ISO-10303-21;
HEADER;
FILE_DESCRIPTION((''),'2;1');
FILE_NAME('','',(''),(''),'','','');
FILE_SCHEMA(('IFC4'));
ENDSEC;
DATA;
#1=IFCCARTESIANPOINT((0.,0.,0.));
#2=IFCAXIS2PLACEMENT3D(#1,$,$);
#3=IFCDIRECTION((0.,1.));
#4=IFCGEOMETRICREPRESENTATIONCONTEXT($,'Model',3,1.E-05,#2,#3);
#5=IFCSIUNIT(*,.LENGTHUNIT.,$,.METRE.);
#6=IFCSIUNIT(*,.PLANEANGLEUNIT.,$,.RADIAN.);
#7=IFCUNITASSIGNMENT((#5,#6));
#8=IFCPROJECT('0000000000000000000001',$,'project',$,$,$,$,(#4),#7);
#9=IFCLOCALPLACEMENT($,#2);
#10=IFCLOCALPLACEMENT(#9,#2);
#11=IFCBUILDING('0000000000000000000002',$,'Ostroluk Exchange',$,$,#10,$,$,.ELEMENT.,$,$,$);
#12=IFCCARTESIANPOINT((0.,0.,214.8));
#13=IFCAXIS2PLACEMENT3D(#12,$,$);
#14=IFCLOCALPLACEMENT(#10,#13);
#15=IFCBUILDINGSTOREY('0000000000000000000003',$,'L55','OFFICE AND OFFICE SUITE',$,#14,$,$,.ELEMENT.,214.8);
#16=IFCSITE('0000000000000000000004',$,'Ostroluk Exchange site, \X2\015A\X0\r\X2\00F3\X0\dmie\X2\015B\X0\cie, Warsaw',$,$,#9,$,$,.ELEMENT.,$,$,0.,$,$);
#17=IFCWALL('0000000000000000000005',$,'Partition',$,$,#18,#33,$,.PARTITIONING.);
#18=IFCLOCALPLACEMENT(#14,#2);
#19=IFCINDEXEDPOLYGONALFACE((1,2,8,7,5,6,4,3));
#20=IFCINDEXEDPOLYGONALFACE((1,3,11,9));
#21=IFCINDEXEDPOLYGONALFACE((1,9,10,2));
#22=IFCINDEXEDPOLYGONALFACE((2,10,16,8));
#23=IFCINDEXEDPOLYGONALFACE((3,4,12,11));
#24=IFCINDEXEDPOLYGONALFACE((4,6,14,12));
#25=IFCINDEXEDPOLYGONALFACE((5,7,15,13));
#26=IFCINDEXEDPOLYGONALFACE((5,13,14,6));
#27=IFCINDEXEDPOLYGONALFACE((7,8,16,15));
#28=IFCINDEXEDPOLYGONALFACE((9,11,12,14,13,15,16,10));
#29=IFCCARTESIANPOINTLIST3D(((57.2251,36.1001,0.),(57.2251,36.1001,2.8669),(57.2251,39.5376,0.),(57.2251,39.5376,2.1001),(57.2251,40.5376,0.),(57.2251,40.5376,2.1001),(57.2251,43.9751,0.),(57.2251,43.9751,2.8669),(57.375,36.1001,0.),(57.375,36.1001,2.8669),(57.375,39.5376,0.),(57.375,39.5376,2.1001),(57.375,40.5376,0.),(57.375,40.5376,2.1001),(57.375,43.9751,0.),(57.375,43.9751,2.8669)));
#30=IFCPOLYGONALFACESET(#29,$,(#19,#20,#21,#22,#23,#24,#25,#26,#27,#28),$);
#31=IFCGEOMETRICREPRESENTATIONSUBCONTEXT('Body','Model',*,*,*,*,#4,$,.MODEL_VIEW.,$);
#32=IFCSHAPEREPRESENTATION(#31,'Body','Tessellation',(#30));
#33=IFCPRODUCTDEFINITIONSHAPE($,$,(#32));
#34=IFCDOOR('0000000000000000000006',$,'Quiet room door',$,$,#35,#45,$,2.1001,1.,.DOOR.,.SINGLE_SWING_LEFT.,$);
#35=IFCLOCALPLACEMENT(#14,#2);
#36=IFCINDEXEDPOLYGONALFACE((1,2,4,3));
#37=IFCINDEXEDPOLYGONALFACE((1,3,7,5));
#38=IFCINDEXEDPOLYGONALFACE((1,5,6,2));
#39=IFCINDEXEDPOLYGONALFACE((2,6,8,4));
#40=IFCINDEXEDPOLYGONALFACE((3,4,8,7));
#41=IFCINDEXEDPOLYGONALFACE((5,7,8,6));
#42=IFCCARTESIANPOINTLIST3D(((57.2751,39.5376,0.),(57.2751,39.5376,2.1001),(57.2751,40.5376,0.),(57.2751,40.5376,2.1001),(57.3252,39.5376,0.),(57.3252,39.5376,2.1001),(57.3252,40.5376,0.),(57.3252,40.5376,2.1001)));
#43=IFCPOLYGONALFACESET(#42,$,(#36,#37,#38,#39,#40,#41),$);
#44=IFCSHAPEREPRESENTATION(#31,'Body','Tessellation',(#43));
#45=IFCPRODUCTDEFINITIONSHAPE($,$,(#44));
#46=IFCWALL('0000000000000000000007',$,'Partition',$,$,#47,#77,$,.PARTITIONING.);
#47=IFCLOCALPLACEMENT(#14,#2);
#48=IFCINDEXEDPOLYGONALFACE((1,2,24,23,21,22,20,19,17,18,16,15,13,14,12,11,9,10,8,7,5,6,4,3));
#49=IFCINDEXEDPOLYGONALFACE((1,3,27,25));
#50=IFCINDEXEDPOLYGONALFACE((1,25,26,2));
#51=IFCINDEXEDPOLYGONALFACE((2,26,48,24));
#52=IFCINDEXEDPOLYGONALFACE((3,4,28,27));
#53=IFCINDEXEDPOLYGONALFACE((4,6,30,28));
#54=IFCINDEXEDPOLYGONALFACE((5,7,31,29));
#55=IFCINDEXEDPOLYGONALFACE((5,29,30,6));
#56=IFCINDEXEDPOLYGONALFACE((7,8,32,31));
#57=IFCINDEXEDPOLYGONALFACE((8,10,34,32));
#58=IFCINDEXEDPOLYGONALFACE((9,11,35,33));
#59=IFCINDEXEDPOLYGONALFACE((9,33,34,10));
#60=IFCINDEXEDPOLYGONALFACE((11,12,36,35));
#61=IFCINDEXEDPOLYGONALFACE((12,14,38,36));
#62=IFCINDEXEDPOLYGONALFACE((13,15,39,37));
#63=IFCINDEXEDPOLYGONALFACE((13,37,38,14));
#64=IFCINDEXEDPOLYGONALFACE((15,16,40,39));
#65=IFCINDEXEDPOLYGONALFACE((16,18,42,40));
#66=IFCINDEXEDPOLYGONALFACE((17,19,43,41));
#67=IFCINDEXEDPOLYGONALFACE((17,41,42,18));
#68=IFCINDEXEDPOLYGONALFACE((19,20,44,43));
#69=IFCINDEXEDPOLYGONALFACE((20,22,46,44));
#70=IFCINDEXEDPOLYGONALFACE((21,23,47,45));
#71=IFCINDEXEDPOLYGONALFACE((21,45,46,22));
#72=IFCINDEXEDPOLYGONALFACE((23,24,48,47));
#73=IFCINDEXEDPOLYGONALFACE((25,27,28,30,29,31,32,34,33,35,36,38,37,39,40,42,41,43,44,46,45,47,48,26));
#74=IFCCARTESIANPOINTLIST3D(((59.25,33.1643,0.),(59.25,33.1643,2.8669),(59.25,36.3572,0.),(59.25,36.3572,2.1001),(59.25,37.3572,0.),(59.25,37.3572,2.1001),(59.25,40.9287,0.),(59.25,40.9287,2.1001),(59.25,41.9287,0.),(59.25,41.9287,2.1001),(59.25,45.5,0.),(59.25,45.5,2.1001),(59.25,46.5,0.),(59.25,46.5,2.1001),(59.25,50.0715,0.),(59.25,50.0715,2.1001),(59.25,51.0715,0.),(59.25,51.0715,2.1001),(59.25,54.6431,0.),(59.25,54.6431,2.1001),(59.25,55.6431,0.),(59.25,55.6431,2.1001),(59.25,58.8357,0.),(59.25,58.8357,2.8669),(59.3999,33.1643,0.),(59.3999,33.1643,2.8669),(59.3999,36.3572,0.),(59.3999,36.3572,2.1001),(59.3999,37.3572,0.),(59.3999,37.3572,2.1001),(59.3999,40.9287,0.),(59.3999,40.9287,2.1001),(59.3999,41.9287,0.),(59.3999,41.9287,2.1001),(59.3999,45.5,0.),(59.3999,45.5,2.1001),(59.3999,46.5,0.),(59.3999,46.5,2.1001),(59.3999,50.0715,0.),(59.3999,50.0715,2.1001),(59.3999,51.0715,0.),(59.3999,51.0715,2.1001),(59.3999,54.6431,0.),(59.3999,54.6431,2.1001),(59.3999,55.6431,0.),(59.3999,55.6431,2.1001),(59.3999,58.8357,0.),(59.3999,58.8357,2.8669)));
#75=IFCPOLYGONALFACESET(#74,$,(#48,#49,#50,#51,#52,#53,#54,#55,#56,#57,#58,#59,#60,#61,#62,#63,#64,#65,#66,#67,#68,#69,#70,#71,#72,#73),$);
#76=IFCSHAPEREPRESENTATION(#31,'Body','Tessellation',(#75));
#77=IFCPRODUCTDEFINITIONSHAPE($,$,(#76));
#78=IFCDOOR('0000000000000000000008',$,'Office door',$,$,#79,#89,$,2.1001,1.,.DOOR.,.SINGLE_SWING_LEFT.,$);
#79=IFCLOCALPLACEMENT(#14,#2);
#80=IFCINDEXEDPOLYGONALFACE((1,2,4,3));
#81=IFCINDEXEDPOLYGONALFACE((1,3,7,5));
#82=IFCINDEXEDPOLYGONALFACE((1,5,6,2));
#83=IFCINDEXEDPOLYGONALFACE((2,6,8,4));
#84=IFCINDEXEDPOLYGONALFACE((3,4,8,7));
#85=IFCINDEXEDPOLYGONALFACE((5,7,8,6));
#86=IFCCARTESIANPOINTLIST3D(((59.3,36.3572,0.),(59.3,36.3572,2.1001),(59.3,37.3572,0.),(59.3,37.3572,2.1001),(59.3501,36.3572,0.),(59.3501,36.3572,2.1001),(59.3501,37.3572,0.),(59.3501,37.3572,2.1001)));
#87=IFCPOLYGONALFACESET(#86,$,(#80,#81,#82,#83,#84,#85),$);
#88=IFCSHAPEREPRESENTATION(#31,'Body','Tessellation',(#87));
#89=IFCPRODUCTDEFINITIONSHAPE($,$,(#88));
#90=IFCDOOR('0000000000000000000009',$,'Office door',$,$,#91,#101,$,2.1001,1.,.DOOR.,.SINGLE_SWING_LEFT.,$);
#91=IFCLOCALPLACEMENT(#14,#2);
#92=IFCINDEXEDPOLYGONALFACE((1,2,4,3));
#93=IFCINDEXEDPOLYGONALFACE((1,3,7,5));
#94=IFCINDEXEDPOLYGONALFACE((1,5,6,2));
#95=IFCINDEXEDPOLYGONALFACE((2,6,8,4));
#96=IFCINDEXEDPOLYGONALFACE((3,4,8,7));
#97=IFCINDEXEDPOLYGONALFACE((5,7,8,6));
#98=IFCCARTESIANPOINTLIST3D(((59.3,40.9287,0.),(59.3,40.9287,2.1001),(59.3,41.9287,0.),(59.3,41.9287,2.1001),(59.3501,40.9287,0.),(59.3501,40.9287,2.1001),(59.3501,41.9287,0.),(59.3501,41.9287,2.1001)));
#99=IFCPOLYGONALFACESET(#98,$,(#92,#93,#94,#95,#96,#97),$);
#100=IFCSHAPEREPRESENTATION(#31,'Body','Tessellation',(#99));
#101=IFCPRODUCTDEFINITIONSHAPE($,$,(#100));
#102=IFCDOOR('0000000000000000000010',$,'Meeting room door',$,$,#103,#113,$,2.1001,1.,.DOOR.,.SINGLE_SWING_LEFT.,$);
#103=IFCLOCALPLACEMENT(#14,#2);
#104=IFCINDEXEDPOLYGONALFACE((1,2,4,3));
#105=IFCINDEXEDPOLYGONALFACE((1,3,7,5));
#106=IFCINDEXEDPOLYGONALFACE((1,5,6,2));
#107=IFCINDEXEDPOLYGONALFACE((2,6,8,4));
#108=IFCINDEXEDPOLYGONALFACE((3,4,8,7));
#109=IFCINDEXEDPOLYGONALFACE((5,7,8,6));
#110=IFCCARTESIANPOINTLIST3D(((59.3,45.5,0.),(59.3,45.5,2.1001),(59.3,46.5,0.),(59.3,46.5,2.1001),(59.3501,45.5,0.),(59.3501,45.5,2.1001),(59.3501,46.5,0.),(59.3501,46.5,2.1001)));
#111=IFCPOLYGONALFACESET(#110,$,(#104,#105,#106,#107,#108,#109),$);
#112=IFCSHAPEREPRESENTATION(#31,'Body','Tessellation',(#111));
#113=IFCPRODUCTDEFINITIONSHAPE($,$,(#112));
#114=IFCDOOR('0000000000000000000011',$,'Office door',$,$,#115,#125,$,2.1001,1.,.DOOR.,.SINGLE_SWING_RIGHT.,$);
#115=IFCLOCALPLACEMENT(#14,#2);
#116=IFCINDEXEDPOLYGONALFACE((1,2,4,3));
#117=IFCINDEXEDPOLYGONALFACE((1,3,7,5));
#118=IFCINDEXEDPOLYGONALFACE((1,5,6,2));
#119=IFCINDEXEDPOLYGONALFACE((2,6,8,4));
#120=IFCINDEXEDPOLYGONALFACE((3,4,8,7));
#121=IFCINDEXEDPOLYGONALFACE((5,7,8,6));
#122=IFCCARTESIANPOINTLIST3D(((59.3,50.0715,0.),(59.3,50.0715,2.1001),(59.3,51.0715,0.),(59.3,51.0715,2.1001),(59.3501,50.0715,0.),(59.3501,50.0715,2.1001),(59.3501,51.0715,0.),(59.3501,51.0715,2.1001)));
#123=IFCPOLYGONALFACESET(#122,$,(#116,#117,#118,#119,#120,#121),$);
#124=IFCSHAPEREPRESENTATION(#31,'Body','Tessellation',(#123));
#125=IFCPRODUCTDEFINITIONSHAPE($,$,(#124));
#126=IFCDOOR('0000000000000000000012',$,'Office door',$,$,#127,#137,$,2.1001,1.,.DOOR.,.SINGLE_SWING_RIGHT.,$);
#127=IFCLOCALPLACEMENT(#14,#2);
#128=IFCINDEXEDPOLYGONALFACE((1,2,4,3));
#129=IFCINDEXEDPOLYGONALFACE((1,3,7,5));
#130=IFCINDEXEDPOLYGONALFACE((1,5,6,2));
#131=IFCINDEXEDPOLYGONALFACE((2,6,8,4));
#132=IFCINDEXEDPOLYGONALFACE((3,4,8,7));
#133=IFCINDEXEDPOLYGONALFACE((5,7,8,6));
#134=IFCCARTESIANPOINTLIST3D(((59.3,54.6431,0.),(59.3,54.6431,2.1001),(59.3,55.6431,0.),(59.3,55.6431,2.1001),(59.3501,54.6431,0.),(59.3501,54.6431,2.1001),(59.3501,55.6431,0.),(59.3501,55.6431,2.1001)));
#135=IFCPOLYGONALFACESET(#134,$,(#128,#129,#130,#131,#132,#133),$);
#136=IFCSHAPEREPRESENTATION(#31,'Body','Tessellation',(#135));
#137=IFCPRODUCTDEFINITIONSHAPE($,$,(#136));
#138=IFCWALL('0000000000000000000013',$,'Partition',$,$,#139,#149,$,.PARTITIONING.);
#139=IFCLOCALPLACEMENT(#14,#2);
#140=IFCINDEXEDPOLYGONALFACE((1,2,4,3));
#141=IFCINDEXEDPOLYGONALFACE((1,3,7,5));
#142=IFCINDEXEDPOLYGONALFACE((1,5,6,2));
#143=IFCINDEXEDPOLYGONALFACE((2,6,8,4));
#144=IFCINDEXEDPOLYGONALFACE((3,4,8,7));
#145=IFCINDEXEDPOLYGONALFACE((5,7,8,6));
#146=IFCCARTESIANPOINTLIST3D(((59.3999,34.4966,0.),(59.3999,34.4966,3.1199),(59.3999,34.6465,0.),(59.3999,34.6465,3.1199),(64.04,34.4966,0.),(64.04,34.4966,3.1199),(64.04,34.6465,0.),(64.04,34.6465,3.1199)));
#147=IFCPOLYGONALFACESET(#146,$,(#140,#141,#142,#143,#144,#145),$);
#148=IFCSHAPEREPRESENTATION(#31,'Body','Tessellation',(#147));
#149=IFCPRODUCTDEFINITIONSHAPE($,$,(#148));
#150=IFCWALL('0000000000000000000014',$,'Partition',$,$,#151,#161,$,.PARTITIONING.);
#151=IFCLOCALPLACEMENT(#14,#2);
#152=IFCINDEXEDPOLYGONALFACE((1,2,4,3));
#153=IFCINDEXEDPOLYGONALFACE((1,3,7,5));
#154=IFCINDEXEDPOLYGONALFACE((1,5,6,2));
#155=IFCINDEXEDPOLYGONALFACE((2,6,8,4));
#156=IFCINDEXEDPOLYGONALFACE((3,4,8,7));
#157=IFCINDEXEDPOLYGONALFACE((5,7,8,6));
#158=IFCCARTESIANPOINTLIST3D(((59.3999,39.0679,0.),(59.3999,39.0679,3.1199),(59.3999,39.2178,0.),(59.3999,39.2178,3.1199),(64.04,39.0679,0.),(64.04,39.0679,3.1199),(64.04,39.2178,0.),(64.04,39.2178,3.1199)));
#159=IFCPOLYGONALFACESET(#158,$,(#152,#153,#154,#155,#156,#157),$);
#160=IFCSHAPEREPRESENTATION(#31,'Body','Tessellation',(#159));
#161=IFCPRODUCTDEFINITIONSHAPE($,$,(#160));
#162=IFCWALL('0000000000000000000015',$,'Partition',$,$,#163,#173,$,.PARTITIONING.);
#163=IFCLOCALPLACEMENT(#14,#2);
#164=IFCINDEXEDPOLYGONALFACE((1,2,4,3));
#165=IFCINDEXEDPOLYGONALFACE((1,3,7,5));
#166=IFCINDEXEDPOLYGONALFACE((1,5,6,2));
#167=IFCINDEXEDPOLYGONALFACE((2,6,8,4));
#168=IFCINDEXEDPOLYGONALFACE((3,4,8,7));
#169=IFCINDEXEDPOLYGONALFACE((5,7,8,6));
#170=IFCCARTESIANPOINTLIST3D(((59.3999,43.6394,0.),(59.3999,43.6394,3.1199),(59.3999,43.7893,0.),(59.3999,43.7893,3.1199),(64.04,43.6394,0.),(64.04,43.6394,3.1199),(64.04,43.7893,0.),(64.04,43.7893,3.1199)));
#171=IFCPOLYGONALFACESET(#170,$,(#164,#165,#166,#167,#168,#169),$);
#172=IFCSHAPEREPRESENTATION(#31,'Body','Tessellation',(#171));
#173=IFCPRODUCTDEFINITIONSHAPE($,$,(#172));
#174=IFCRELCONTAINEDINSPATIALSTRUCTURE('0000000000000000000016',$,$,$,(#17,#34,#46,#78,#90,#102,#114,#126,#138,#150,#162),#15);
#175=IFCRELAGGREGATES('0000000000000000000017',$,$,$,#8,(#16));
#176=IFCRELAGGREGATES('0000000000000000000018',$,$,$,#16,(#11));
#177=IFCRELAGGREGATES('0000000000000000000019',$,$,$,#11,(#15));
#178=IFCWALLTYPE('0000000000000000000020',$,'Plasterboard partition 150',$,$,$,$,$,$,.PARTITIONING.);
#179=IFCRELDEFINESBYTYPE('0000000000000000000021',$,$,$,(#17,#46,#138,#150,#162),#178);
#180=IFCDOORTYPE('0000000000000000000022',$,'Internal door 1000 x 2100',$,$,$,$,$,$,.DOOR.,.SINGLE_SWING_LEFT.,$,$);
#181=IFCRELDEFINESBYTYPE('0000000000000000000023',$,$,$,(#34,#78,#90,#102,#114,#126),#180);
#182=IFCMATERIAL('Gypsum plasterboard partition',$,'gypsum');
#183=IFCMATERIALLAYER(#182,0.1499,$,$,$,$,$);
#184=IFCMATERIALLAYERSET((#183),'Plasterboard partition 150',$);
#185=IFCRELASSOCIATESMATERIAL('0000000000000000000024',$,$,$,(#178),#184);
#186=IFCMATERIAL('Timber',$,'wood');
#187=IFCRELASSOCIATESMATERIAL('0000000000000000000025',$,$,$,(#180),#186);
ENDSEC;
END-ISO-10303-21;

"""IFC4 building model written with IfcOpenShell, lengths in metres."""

from ifc_helpers import new_model, si_unit, direction, frame, frame_2d, origin, place, context, subcontext, project, spatial, rectangle, extrude, material, layer, layer_set, type_object, element, fill, save


model = new_model("IFC4")

# Units and contexts
model_context = context("Model", 3, precision=1e-05, world=origin(), true_north=direction((0.0, 1.0)))
body_context = subcontext(model_context, "Body", "Model", "MODEL_VIEW")
ifc_project = project(units=[si_unit("LENGTHUNIT", "METRE"), si_unit("PLANEANGLEUNIT", "RADIAN")], contexts=[model_context])

# Site, building, storey
site_placement = place(None, origin())
site = spatial("IfcSite", under=ifc_project, at=site_placement, Name="Ostroluk Exchange site, Śródmieście, Warsaw", CompositionType="ELEMENT", RefElevation=0.0)
building_placement = place(site_placement, origin())
building = spatial("IfcBuilding", under=site, at=building_placement, Name="Ostroluk Exchange", CompositionType="ELEMENT")
storey_placement = place(building_placement, frame((0.0, 0.0, 214.8)))
storey = spatial("IfcBuildingStorey", under=building, at=storey_placement, Name="L55", Description="OFFICE AND OFFICE SUITE", CompositionType="ELEMENT", Elevation=214.8)

# Wall, opening, door
ifc_material_1 = material(Name="Gypsum plasterboard partition", Category="gypsum")
ifc_layer_1 = layer(ifc_material_1, 0.1499)
ifc_layer_set_1 = layer_set([ifc_layer_1], Name="Plasterboard partition 150")
wall_type = type_object("IfcWallType", Name="Plasterboard partition 150", PredefinedType="PARTITIONING", material=ifc_layer_set_1)
wall_1_placement = place(storey_placement, frame((57.3, 36.1001, 0.0), z_axis=(0.0, 0.0, 1.0), x_axis=(0.0, 1.0, 0.0)))
wall_1 = element("IfcWall", 1, at=wall_1_placement, inside=storey, type_object=wall_type, Name="Partition", PredefinedType="PARTITIONING", context=body_context, shape_type="SweptSolid", body=[
    extrude(rectangle(XDim=7.875, YDim=0.1499, at=frame_2d((3.9375, 0.0))), origin(), (0.0, 0.0, 1.0), 2.8669),
])
opening_1_placement = place(wall_1_placement, frame((3.4375, 0.0, 0.0)))
opening_1 = element("IfcOpeningElement", 2, at=opening_1_placement, cuts=wall_1, PredefinedType="OPENING", context=body_context, shape_type="SweptSolid", body=[
    extrude(rectangle(XDim=1.0, YDim=2.1001, at=frame_2d((0.5, 1.05))), frame((0.0, 0.085, 0.0), z_axis=(0.0, -1.0, 0.0), x_axis=(1.0, 0.0, 0.0)), (0.0, 0.0, 1.0), 0.1699),
])
ifc_material_2 = material(Name="Timber", Category="wood")
door_type = type_object("IfcDoorType", Name="Internal door 1000 x 2100", OperationType="SINGLE_SWING_LEFT", PredefinedType="DOOR", material=ifc_material_2)
door_1_placement = place(opening_1_placement, origin())
door_1 = element("IfcDoor", 3, at=door_1_placement, inside=storey, type_object=door_type, Name="Quiet room door", OperationType="SINGLE_SWING_LEFT", OverallHeight=2.1001, OverallWidth=1.0, PredefinedType="DOOR", context=body_context, shape_type="SweptSolid", body=[
    extrude(rectangle(XDim=1.0, YDim=2.1001, at=frame_2d((0.5, 1.05))), frame((0.0, 0.0249, 0.0), z_axis=(0.0, -1.0, 0.0), x_axis=(1.0, 0.0, 0.0)), (0.0, 0.0, 1.0), 0.05),
])
fill(opening_1, door_1)

# Wall, openings, doors
wall_2_placement = place(storey_placement, frame((59.325, 33.1643, 0.0), z_axis=(0.0, 0.0, 1.0), x_axis=(0.0, 1.0, 0.0)))
wall_2 = element("IfcWall", 4, at=wall_2_placement, inside=storey, type_object=wall_type, Name="Partition", PredefinedType="PARTITIONING", context=body_context, shape_type="SweptSolid", body=[
    extrude(rectangle(XDim=25.6714, YDim=0.1499, at=frame_2d((12.8357, 0.0))), origin(), (0.0, 0.0, 1.0), 2.8669),
])
opening_2_placement = place(wall_2_placement, frame((3.1929, 0.0, 0.0)))
opening_2 = element("IfcOpeningElement", 5, at=opening_2_placement, cuts=wall_2, PredefinedType="OPENING", context=body_context, shape_type="SweptSolid", body=[
    extrude(rectangle(XDim=1.0, YDim=2.1001, at=frame_2d((0.5, 1.05))), frame((0.0, 0.085, 0.0), z_axis=(0.0, -1.0, 0.0), x_axis=(1.0, 0.0, 0.0)), (0.0, 0.0, 1.0), 0.1699),
])
opening_3_placement = place(wall_2_placement, frame((7.7644, 0.0, 0.0)))
opening_3 = element("IfcOpeningElement", 6, at=opening_3_placement, cuts=wall_2, PredefinedType="OPENING", context=body_context, shape_type="SweptSolid", body=[
    extrude(rectangle(XDim=1.0, YDim=2.1001, at=frame_2d((0.5, 1.05))), frame((0.0, 0.085, 0.0), z_axis=(0.0, -1.0, 0.0), x_axis=(1.0, 0.0, 0.0)), (0.0, 0.0, 1.0), 0.1699),
])
opening_4_placement = place(wall_2_placement, frame((12.3357, 0.0, 0.0)))
opening_4 = element("IfcOpeningElement", 7, at=opening_4_placement, cuts=wall_2, PredefinedType="OPENING", context=body_context, shape_type="SweptSolid", body=[
    extrude(rectangle(XDim=1.0, YDim=2.1001, at=frame_2d((0.5, 1.05))), frame((0.0, 0.085, 0.0), z_axis=(0.0, -1.0, 0.0), x_axis=(1.0, 0.0, 0.0)), (0.0, 0.0, 1.0), 0.1699),
])
opening_5_placement = place(wall_2_placement, frame((16.9072, 0.0, 0.0)))
opening_5 = element("IfcOpeningElement", 8, at=opening_5_placement, cuts=wall_2, PredefinedType="OPENING", context=body_context, shape_type="SweptSolid", body=[
    extrude(rectangle(XDim=1.0, YDim=2.1001, at=frame_2d((0.5, 1.05))), frame((0.0, 0.085, 0.0), z_axis=(0.0, -1.0, 0.0), x_axis=(1.0, 0.0, 0.0)), (0.0, 0.0, 1.0), 0.1699),
])
opening_6_placement = place(wall_2_placement, frame((21.4788, 0.0, 0.0)))
opening_6 = element("IfcOpeningElement", 9, at=opening_6_placement, cuts=wall_2, PredefinedType="OPENING", context=body_context, shape_type="SweptSolid", body=[
    extrude(rectangle(XDim=1.0, YDim=2.1001, at=frame_2d((0.5, 1.05))), frame((0.0, 0.085, 0.0), z_axis=(0.0, -1.0, 0.0), x_axis=(1.0, 0.0, 0.0)), (0.0, 0.0, 1.0), 0.1699),
])
door_2_placement = place(opening_2_placement, origin())
door_2 = element("IfcDoor", 10, at=door_2_placement, inside=storey, type_object=door_type, Name="Office door", OperationType="SINGLE_SWING_LEFT", OverallHeight=2.1001, OverallWidth=1.0, PredefinedType="DOOR", context=body_context, shape_type="SweptSolid", body=[
    extrude(rectangle(XDim=1.0, YDim=2.1001, at=frame_2d((0.5, 1.05))), frame((0.0, 0.0249, 0.0), z_axis=(0.0, -1.0, 0.0), x_axis=(1.0, 0.0, 0.0)), (0.0, 0.0, 1.0), 0.05),
])
fill(opening_2, door_2)
door_3_placement = place(opening_3_placement, origin())
door_3 = element("IfcDoor", 11, at=door_3_placement, inside=storey, type_object=door_type, Name="Office door", OperationType="SINGLE_SWING_LEFT", OverallHeight=2.1001, OverallWidth=1.0, PredefinedType="DOOR", context=body_context, shape_type="SweptSolid", body=[
    extrude(rectangle(XDim=1.0, YDim=2.1001, at=frame_2d((0.5, 1.05))), frame((0.0, 0.0249, 0.0), z_axis=(0.0, -1.0, 0.0), x_axis=(1.0, 0.0, 0.0)), (0.0, 0.0, 1.0), 0.05),
])
fill(opening_3, door_3)
door_4_placement = place(opening_4_placement, origin())
door_4 = element("IfcDoor", 12, at=door_4_placement, inside=storey, type_object=door_type, Name="Meeting room door", OperationType="SINGLE_SWING_LEFT", OverallHeight=2.1001, OverallWidth=1.0, PredefinedType="DOOR", context=body_context, shape_type="SweptSolid", body=[
    extrude(rectangle(XDim=1.0, YDim=2.1001, at=frame_2d((0.5, 1.05))), frame((0.0, 0.0249, 0.0), z_axis=(0.0, -1.0, 0.0), x_axis=(1.0, 0.0, 0.0)), (0.0, 0.0, 1.0), 0.05),
])
fill(opening_4, door_4)
door_5_placement = place(opening_5_placement, origin())
door_5 = element("IfcDoor", 13, at=door_5_placement, inside=storey, type_object=door_type, Name="Office door", OperationType="SINGLE_SWING_RIGHT", OverallHeight=2.1001, OverallWidth=1.0, PredefinedType="DOOR", context=body_context, shape_type="SweptSolid", body=[
    extrude(rectangle(XDim=1.0, YDim=2.1001, at=frame_2d((0.5, 1.05))), frame((0.0, 0.0249, 0.0), z_axis=(0.0, -1.0, 0.0), x_axis=(1.0, 0.0, 0.0)), (0.0, 0.0, 1.0), 0.05),
])
fill(opening_5, door_5)
door_6_placement = place(opening_6_placement, origin())
door_6 = element("IfcDoor", 14, at=door_6_placement, inside=storey, type_object=door_type, Name="Office door", OperationType="SINGLE_SWING_RIGHT", OverallHeight=2.1001, OverallWidth=1.0, PredefinedType="DOOR", context=body_context, shape_type="SweptSolid", body=[
    extrude(rectangle(XDim=1.0, YDim=2.1001, at=frame_2d((0.5, 1.05))), frame((0.0, 0.0249, 0.0), z_axis=(0.0, -1.0, 0.0), x_axis=(1.0, 0.0, 0.0)), (0.0, 0.0, 1.0), 0.05),
])
fill(opening_6, door_6)

# Walls
for number, where, z_axis, x_axis, name in (
    (15, (59.3999, 34.5715, 0.0), (0.0, 0.0, 1.0), (1.0, 0.0, 0.0), "Partition"),
    (16, (59.3999, 39.1428, 0.0), (0.0, 0.0, 1.0), (1.0, 0.0, 0.0), "Partition"),
    (17, (59.3999, 43.7144, 0.0), (0.0, 0.0, 1.0), (1.0, 0.0, 0.0), "Partition"),
):
    element("IfcWall", number, at=place(storey_placement, frame(where, z_axis=z_axis, x_axis=x_axis)), inside=storey, type_object=wall_type, Name=name, PredefinedType="PARTITIONING", context=body_context, shape_type="SweptSolid", body=[
        extrude(rectangle(XDim=4.6401, YDim=0.1499, at=frame_2d((2.3201, 0.0))), origin(), (0.0, 0.0, 1.0), 3.1199),
    ])

save(model, "model.ifc")
